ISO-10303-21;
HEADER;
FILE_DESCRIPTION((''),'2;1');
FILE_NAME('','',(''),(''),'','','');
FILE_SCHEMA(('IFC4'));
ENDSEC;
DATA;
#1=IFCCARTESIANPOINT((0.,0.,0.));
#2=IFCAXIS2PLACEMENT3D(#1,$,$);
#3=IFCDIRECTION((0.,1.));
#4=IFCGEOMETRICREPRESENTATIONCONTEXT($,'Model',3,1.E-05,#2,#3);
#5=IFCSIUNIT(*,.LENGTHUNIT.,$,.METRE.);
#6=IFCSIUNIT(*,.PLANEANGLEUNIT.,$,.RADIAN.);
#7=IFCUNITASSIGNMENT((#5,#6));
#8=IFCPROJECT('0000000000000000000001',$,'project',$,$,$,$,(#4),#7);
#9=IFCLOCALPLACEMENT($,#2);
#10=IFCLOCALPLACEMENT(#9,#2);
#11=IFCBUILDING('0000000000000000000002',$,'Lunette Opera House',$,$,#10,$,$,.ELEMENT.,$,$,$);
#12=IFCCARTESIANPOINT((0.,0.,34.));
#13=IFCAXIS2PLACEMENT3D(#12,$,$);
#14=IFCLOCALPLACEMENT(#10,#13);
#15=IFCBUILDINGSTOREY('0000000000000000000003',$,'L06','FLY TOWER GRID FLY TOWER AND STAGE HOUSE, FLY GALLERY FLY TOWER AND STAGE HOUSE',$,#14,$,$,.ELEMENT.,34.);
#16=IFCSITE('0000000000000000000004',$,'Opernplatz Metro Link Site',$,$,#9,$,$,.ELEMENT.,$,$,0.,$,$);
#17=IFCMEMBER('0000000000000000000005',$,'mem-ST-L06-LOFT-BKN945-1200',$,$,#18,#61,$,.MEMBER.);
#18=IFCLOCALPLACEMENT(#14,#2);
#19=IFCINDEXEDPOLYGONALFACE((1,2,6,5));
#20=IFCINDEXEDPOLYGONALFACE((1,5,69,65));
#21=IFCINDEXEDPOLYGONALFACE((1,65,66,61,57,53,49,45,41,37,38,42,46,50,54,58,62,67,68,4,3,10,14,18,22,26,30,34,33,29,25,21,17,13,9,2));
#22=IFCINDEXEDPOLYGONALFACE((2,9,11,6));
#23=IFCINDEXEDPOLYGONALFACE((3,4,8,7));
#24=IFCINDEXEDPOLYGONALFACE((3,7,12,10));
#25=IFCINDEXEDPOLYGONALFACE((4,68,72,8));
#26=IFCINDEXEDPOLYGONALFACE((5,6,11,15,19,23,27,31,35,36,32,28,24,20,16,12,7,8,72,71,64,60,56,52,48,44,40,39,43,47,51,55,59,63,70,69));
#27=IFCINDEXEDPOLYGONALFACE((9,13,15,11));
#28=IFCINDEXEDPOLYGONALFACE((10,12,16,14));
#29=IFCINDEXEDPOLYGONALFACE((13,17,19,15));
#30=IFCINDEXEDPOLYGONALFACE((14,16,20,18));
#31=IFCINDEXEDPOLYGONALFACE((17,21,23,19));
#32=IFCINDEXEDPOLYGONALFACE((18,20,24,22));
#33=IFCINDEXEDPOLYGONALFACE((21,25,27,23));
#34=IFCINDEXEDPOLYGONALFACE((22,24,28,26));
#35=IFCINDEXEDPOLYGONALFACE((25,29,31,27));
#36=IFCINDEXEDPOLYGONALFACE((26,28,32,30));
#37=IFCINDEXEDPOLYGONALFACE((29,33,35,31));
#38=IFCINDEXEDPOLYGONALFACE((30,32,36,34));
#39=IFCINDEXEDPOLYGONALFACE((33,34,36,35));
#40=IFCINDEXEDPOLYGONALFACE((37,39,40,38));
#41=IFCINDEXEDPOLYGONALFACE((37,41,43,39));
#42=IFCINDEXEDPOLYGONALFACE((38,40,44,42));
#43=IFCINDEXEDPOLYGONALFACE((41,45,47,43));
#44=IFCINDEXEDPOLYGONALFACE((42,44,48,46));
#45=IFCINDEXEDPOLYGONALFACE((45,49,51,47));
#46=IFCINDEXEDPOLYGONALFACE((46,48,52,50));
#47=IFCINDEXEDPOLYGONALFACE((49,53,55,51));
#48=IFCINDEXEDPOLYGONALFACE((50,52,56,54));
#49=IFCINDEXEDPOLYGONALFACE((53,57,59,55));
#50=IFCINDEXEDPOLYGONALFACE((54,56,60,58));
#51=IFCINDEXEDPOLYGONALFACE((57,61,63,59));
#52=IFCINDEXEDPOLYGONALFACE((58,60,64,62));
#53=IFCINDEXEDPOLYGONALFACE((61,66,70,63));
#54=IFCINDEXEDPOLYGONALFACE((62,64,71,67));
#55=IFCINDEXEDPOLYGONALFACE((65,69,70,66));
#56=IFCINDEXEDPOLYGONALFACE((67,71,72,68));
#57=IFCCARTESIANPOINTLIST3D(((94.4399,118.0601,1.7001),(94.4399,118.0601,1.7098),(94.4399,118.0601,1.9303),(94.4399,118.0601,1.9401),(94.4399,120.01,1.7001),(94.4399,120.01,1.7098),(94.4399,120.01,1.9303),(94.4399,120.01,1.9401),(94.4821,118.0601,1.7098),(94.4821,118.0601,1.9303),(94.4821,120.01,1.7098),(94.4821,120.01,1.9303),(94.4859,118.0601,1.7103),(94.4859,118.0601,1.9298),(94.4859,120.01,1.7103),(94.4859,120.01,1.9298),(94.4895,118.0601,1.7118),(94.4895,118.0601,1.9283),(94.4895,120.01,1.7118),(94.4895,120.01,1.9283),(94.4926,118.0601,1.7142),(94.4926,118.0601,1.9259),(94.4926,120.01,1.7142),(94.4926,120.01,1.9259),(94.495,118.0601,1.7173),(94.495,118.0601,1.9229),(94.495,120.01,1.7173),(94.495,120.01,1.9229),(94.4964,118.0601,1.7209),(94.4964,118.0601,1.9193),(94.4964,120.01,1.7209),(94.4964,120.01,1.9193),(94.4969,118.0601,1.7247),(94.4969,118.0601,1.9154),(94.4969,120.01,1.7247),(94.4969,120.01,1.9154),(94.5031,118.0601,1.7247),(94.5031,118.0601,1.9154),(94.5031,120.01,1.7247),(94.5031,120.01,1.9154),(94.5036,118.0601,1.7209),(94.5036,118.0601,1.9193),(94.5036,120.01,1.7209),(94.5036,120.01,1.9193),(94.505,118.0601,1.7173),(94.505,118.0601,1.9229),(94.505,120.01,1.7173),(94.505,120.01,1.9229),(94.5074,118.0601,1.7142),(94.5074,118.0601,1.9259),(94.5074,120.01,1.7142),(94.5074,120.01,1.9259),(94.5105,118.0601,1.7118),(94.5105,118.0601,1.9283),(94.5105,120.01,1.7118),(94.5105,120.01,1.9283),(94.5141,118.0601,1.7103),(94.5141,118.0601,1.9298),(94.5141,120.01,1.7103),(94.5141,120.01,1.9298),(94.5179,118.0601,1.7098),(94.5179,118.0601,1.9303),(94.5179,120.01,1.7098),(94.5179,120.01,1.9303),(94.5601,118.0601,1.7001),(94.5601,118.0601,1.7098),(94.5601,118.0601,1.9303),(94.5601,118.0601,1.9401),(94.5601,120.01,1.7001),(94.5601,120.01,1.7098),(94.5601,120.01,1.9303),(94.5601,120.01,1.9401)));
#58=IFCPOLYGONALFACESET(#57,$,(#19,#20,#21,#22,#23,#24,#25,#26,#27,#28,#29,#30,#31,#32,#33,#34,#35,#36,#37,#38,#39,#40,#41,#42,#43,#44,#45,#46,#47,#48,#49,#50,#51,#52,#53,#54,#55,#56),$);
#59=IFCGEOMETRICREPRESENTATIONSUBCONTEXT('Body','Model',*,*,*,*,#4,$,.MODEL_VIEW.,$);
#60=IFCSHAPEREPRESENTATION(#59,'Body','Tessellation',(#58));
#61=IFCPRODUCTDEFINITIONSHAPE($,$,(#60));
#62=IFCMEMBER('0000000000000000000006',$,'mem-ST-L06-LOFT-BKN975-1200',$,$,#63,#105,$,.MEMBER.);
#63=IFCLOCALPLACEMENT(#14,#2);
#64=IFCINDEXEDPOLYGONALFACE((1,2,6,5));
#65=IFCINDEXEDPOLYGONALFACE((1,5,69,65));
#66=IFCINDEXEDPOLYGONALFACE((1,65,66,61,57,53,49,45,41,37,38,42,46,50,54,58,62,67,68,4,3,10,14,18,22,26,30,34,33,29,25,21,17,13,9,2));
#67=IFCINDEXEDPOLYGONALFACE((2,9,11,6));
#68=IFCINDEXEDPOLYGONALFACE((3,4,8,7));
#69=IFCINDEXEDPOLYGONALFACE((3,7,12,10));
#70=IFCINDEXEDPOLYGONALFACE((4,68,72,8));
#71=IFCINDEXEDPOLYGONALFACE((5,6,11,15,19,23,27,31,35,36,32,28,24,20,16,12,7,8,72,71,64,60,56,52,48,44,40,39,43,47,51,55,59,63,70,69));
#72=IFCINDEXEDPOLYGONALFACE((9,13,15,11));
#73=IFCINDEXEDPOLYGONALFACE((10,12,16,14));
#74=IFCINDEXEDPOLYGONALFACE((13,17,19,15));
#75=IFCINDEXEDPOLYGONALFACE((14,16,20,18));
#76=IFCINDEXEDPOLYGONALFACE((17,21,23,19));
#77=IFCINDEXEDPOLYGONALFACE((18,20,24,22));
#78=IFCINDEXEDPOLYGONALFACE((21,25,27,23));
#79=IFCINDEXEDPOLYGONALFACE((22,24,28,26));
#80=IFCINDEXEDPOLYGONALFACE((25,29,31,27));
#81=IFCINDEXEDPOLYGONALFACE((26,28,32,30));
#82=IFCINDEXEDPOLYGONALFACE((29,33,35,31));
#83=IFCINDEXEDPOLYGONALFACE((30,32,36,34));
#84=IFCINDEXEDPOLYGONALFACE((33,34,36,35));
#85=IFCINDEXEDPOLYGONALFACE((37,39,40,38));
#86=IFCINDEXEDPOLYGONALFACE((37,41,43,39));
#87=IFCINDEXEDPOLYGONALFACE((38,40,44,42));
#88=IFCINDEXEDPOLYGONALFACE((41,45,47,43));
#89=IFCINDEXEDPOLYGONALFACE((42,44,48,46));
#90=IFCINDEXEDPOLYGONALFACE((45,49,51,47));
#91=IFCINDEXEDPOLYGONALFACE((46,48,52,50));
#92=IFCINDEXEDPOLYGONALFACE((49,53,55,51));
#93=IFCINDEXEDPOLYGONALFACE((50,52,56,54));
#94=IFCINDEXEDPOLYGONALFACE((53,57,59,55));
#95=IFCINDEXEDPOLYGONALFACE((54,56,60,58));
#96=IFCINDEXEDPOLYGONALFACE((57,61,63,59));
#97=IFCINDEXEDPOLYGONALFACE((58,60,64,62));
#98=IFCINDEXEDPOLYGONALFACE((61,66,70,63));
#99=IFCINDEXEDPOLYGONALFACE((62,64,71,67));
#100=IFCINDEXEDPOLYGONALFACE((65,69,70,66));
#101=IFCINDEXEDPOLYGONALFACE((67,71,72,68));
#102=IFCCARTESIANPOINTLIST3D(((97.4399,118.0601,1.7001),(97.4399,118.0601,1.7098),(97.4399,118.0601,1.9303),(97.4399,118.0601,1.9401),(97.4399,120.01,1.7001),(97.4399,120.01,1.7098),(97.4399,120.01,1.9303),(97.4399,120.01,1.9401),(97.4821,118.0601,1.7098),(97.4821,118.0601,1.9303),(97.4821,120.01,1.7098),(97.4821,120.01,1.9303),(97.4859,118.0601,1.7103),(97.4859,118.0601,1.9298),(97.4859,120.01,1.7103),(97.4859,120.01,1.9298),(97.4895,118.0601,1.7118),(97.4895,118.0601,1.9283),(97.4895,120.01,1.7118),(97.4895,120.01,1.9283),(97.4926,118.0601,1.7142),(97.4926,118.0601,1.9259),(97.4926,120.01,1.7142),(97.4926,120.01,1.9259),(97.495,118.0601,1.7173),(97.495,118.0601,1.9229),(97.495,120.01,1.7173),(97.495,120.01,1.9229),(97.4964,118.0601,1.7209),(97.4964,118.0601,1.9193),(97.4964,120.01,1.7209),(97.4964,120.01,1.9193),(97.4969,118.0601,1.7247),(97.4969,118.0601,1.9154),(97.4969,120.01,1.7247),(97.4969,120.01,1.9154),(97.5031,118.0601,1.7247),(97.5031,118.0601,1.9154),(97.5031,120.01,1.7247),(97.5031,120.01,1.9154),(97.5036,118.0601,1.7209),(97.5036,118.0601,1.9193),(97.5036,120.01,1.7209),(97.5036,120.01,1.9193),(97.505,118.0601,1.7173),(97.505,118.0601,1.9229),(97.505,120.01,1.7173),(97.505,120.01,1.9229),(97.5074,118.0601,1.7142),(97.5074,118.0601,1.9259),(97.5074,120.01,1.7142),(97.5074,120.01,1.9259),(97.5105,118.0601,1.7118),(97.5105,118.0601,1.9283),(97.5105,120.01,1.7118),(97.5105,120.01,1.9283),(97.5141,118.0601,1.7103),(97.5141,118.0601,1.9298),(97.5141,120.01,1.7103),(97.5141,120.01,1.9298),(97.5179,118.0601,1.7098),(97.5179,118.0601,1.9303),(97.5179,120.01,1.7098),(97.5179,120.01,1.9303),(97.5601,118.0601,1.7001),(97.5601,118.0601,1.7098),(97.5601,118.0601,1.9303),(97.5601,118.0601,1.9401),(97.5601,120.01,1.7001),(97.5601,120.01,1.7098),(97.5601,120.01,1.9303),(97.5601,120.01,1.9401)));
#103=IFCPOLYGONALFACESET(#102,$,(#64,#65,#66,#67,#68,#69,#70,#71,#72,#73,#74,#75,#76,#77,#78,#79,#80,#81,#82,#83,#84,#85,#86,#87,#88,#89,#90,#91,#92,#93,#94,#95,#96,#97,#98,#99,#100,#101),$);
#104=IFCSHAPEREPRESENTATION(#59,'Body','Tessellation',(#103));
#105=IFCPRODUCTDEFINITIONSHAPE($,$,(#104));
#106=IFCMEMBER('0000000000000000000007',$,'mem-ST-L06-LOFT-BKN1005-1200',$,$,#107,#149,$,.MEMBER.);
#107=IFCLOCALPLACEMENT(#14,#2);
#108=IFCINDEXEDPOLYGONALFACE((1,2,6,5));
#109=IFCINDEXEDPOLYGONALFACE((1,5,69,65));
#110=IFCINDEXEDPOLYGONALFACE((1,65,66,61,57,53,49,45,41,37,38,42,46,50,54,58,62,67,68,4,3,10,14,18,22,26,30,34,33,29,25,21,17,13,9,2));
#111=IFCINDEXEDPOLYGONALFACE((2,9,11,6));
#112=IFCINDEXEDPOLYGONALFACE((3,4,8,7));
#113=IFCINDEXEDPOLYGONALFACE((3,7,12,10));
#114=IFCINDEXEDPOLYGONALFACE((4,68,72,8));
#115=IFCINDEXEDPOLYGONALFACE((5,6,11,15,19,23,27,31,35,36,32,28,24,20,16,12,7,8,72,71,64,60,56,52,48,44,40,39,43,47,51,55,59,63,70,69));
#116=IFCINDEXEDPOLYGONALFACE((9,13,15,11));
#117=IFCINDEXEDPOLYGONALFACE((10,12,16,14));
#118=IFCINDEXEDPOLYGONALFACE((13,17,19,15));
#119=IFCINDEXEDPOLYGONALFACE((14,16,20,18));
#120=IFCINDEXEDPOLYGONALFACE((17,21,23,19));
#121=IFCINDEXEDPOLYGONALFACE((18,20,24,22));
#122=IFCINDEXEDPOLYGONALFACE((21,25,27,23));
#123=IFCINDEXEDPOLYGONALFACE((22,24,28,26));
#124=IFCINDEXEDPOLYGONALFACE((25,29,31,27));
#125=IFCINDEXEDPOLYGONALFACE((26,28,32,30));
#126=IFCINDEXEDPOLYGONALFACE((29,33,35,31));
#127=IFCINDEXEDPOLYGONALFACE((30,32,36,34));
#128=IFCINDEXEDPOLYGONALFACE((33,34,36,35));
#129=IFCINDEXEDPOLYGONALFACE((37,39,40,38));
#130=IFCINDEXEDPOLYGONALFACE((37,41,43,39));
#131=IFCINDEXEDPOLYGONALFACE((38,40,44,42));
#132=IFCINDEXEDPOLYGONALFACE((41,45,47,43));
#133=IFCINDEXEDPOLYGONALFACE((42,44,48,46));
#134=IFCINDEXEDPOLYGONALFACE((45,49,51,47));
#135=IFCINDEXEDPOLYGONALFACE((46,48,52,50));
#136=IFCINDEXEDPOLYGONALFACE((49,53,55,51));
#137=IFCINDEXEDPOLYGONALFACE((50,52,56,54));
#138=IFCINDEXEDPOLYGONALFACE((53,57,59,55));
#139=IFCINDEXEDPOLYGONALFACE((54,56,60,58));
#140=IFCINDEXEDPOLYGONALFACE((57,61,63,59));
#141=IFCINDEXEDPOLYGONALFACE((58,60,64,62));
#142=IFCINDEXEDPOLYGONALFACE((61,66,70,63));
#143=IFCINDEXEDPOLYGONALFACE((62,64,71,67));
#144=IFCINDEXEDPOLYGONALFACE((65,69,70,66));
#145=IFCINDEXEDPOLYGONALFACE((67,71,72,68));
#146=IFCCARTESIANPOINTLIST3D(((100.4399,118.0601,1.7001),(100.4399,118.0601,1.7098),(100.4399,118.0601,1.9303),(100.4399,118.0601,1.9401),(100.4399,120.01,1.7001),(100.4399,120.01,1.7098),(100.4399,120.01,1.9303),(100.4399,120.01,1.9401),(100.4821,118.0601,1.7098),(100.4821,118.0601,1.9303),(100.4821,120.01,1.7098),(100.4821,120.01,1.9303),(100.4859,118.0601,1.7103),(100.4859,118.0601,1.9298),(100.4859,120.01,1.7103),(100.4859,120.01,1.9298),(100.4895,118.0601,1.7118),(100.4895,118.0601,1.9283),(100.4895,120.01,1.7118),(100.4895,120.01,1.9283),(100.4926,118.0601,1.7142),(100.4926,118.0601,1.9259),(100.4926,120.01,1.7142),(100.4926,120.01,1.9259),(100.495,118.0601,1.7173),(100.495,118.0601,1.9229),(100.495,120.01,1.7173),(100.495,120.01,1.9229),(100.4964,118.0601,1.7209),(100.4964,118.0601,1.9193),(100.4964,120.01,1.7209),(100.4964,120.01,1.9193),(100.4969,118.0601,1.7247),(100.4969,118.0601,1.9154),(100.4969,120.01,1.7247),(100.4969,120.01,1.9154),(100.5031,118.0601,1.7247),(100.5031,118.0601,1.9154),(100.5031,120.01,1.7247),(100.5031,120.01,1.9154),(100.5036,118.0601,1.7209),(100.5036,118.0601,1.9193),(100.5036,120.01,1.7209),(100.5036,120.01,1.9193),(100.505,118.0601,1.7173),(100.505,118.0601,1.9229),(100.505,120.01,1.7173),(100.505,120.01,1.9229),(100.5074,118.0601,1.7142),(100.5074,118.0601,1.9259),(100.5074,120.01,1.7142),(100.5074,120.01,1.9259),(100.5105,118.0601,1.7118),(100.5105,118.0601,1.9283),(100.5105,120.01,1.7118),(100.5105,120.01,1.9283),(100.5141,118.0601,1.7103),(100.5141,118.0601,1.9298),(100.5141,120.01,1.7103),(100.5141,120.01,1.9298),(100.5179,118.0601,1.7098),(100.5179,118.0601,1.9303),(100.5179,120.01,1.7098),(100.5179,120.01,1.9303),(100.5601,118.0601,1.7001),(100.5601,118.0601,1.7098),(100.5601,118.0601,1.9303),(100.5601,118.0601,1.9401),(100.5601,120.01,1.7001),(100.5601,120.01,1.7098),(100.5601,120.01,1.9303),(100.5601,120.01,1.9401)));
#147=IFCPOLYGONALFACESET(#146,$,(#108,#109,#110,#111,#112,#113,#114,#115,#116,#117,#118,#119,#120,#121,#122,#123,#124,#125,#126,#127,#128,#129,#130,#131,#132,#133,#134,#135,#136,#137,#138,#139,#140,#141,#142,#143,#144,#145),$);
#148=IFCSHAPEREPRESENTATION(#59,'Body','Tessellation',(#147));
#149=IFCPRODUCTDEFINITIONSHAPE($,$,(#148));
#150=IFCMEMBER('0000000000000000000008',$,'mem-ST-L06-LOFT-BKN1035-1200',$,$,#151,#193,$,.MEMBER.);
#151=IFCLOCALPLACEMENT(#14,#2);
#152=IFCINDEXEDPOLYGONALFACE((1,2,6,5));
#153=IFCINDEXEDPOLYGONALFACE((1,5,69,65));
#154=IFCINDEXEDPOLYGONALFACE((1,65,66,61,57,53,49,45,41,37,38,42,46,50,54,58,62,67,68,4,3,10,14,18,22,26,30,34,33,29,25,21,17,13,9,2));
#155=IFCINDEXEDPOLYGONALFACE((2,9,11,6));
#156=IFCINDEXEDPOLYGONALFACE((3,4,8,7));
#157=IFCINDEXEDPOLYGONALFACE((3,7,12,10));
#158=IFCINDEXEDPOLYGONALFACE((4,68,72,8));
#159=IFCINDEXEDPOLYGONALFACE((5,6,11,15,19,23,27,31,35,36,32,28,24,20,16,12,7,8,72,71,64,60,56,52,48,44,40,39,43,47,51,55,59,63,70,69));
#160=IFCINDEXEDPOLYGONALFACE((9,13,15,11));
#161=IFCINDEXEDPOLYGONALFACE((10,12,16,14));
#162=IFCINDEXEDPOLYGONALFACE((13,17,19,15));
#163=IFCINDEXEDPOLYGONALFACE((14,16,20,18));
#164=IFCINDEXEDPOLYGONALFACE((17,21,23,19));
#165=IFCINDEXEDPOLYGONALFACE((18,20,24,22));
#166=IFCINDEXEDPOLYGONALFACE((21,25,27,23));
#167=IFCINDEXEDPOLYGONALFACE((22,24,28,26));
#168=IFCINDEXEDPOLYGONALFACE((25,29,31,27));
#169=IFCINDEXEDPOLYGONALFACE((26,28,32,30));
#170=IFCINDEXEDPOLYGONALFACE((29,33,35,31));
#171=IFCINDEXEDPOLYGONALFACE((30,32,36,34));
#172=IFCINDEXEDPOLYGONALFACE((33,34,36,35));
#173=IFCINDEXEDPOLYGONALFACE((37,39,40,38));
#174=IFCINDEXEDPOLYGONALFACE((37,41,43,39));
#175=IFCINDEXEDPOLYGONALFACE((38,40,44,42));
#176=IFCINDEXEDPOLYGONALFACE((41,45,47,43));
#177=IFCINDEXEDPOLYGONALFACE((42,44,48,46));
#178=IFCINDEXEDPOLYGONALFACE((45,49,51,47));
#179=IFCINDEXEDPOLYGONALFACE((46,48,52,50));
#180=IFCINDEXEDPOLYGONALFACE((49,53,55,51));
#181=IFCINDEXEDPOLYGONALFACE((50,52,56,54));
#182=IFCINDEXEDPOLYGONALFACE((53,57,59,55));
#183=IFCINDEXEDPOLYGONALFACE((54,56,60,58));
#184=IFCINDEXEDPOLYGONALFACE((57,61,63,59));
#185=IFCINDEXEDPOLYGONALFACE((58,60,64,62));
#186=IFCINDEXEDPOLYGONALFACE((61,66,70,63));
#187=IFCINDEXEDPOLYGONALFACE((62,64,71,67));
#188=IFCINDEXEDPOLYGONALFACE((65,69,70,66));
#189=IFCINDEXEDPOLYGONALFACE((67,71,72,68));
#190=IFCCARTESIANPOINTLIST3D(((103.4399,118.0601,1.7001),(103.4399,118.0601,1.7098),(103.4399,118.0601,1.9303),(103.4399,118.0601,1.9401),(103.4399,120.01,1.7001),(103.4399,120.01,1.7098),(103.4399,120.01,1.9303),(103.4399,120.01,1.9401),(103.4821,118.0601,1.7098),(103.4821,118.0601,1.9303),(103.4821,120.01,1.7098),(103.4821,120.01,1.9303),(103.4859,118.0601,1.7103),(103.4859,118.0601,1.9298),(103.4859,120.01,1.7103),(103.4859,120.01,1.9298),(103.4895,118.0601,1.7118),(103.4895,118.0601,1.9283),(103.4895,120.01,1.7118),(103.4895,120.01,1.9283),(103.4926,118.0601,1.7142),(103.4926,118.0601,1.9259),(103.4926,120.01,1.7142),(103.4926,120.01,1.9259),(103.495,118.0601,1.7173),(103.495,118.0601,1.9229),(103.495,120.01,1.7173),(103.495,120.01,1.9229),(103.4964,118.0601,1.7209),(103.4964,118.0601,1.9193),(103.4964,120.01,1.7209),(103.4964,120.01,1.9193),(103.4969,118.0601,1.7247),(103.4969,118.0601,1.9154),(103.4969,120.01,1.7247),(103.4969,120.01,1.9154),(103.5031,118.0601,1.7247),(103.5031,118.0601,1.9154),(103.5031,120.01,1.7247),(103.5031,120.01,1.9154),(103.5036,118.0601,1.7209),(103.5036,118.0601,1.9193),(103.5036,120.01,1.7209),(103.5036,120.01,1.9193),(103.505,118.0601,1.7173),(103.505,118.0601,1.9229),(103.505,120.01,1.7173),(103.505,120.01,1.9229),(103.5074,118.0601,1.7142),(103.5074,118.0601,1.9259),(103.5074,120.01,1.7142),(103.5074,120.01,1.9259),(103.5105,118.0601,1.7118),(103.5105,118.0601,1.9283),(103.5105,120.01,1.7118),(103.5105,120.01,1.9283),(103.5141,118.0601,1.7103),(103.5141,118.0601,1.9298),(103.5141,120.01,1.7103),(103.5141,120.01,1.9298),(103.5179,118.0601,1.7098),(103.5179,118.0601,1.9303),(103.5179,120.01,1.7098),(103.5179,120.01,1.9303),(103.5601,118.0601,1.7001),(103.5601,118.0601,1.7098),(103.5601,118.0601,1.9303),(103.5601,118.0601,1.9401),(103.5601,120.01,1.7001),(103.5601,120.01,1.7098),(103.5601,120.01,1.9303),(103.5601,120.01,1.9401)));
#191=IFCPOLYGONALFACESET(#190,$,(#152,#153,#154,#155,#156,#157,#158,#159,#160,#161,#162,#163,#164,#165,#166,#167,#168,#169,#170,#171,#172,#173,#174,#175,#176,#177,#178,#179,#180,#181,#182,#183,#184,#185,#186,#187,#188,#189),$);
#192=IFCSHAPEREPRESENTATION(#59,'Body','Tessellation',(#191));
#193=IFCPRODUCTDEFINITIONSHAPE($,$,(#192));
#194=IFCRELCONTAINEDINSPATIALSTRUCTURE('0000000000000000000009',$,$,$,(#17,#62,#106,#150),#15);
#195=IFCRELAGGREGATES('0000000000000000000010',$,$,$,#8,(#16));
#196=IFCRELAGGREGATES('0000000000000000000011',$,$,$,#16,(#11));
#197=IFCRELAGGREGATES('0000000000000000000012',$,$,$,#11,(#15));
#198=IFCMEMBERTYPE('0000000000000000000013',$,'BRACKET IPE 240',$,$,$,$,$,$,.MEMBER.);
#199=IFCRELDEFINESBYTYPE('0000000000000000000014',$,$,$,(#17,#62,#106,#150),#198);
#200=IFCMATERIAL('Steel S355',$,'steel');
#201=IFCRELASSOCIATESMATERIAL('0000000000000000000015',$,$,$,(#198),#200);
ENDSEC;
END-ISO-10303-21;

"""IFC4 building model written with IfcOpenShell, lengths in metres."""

from ifc_helpers import new_model, si_unit, direction, frame, origin, origin_2d, place, context, subcontext, project, spatial, i_section, extrude, material, material_profile, profile_set, type_object, element, save


model = new_model("IFC4")

# Units and contexts
model_context = context("Model", 3, precision=1e-05, world=origin(), true_north=direction((0.0, 1.0)))
body_context = subcontext(model_context, "Body", "Model", "MODEL_VIEW")
ifc_project = project(units=[si_unit("LENGTHUNIT", "METRE"), si_unit("PLANEANGLEUNIT", "RADIAN")], contexts=[model_context])

# Site, building, storey
site_placement = place(None, origin())
site = spatial("IfcSite", under=ifc_project, at=site_placement, Name="Opernplatz Metro Link Site", CompositionType="ELEMENT", RefElevation=0.0)
building_placement = place(site_placement, origin())
building = spatial("IfcBuilding", under=site, at=building_placement, Name="Lunette Opera House", CompositionType="ELEMENT")
storey_placement = place(building_placement, frame((0.0, 0.0, 34.0)))
storey = spatial("IfcBuildingStorey", under=building, at=storey_placement, Name="L06", Description="FLY TOWER GRID FLY TOWER AND STAGE HOUSE, FLY GALLERY FLY TOWER AND STAGE HOUSE", CompositionType="ELEMENT", Elevation=34.0)

# Members
ifc_material_1 = material(Name="Steel S355", Category="steel")
ifc_material_profile_1 = material_profile(ifc_material_1, i_section(OverallWidth=0.1201, OverallDepth=0.24, WebThickness=0.0061, FlangeThickness=0.0098, FilletRadius=0.0149, at=origin_2d()), Name="IPE 240")
ifc_profile_set_1 = profile_set([ifc_material_profile_1], Name="Steel S355")
member_type_1 = type_object("IfcMemberType", Name="BRACKET IPE 240", PredefinedType="MEMBER", material=ifc_profile_set_1)
for number, where, z_axis, x_axis, name in (
    (1, (94.5, 120.01, 1.8201), (0.0, -1.0, 0.0), (1.0, 0.0, 0.0), "mem-ST-L06-LOFT-BKN945-1200"),
    (2, (97.5, 120.01, 1.8201), (0.0, -1.0, 0.0), (1.0, 0.0, 0.0), "mem-ST-L06-LOFT-BKN975-1200"),
    (3, (100.5, 120.01, 1.8201), (0.0, -1.0, 0.0), (1.0, 0.0, 0.0), "mem-ST-L06-LOFT-BKN1005-1200"),
    (4, (103.5, 120.01, 1.8201), (0.0, -1.0, 0.0), (1.0, 0.0, 0.0), "mem-ST-L06-LOFT-BKN1035-1200"),
):
    element("IfcMember", number, at=place(storey_placement, frame(where, z_axis=z_axis, x_axis=x_axis)), inside=storey, type_object=member_type_1, Name=name, PredefinedType="MEMBER", context=body_context, shape_type="SweptSolid", body=[
        extrude(i_section(OverallWidth=0.1201, OverallDepth=0.24, WebThickness=0.0061, FlangeThickness=0.0098, FilletRadius=0.0149, at=origin_2d()), origin(), (0.0, 0.0, 1.0), 1.95),
    ])

save(model, "model.ifc")
